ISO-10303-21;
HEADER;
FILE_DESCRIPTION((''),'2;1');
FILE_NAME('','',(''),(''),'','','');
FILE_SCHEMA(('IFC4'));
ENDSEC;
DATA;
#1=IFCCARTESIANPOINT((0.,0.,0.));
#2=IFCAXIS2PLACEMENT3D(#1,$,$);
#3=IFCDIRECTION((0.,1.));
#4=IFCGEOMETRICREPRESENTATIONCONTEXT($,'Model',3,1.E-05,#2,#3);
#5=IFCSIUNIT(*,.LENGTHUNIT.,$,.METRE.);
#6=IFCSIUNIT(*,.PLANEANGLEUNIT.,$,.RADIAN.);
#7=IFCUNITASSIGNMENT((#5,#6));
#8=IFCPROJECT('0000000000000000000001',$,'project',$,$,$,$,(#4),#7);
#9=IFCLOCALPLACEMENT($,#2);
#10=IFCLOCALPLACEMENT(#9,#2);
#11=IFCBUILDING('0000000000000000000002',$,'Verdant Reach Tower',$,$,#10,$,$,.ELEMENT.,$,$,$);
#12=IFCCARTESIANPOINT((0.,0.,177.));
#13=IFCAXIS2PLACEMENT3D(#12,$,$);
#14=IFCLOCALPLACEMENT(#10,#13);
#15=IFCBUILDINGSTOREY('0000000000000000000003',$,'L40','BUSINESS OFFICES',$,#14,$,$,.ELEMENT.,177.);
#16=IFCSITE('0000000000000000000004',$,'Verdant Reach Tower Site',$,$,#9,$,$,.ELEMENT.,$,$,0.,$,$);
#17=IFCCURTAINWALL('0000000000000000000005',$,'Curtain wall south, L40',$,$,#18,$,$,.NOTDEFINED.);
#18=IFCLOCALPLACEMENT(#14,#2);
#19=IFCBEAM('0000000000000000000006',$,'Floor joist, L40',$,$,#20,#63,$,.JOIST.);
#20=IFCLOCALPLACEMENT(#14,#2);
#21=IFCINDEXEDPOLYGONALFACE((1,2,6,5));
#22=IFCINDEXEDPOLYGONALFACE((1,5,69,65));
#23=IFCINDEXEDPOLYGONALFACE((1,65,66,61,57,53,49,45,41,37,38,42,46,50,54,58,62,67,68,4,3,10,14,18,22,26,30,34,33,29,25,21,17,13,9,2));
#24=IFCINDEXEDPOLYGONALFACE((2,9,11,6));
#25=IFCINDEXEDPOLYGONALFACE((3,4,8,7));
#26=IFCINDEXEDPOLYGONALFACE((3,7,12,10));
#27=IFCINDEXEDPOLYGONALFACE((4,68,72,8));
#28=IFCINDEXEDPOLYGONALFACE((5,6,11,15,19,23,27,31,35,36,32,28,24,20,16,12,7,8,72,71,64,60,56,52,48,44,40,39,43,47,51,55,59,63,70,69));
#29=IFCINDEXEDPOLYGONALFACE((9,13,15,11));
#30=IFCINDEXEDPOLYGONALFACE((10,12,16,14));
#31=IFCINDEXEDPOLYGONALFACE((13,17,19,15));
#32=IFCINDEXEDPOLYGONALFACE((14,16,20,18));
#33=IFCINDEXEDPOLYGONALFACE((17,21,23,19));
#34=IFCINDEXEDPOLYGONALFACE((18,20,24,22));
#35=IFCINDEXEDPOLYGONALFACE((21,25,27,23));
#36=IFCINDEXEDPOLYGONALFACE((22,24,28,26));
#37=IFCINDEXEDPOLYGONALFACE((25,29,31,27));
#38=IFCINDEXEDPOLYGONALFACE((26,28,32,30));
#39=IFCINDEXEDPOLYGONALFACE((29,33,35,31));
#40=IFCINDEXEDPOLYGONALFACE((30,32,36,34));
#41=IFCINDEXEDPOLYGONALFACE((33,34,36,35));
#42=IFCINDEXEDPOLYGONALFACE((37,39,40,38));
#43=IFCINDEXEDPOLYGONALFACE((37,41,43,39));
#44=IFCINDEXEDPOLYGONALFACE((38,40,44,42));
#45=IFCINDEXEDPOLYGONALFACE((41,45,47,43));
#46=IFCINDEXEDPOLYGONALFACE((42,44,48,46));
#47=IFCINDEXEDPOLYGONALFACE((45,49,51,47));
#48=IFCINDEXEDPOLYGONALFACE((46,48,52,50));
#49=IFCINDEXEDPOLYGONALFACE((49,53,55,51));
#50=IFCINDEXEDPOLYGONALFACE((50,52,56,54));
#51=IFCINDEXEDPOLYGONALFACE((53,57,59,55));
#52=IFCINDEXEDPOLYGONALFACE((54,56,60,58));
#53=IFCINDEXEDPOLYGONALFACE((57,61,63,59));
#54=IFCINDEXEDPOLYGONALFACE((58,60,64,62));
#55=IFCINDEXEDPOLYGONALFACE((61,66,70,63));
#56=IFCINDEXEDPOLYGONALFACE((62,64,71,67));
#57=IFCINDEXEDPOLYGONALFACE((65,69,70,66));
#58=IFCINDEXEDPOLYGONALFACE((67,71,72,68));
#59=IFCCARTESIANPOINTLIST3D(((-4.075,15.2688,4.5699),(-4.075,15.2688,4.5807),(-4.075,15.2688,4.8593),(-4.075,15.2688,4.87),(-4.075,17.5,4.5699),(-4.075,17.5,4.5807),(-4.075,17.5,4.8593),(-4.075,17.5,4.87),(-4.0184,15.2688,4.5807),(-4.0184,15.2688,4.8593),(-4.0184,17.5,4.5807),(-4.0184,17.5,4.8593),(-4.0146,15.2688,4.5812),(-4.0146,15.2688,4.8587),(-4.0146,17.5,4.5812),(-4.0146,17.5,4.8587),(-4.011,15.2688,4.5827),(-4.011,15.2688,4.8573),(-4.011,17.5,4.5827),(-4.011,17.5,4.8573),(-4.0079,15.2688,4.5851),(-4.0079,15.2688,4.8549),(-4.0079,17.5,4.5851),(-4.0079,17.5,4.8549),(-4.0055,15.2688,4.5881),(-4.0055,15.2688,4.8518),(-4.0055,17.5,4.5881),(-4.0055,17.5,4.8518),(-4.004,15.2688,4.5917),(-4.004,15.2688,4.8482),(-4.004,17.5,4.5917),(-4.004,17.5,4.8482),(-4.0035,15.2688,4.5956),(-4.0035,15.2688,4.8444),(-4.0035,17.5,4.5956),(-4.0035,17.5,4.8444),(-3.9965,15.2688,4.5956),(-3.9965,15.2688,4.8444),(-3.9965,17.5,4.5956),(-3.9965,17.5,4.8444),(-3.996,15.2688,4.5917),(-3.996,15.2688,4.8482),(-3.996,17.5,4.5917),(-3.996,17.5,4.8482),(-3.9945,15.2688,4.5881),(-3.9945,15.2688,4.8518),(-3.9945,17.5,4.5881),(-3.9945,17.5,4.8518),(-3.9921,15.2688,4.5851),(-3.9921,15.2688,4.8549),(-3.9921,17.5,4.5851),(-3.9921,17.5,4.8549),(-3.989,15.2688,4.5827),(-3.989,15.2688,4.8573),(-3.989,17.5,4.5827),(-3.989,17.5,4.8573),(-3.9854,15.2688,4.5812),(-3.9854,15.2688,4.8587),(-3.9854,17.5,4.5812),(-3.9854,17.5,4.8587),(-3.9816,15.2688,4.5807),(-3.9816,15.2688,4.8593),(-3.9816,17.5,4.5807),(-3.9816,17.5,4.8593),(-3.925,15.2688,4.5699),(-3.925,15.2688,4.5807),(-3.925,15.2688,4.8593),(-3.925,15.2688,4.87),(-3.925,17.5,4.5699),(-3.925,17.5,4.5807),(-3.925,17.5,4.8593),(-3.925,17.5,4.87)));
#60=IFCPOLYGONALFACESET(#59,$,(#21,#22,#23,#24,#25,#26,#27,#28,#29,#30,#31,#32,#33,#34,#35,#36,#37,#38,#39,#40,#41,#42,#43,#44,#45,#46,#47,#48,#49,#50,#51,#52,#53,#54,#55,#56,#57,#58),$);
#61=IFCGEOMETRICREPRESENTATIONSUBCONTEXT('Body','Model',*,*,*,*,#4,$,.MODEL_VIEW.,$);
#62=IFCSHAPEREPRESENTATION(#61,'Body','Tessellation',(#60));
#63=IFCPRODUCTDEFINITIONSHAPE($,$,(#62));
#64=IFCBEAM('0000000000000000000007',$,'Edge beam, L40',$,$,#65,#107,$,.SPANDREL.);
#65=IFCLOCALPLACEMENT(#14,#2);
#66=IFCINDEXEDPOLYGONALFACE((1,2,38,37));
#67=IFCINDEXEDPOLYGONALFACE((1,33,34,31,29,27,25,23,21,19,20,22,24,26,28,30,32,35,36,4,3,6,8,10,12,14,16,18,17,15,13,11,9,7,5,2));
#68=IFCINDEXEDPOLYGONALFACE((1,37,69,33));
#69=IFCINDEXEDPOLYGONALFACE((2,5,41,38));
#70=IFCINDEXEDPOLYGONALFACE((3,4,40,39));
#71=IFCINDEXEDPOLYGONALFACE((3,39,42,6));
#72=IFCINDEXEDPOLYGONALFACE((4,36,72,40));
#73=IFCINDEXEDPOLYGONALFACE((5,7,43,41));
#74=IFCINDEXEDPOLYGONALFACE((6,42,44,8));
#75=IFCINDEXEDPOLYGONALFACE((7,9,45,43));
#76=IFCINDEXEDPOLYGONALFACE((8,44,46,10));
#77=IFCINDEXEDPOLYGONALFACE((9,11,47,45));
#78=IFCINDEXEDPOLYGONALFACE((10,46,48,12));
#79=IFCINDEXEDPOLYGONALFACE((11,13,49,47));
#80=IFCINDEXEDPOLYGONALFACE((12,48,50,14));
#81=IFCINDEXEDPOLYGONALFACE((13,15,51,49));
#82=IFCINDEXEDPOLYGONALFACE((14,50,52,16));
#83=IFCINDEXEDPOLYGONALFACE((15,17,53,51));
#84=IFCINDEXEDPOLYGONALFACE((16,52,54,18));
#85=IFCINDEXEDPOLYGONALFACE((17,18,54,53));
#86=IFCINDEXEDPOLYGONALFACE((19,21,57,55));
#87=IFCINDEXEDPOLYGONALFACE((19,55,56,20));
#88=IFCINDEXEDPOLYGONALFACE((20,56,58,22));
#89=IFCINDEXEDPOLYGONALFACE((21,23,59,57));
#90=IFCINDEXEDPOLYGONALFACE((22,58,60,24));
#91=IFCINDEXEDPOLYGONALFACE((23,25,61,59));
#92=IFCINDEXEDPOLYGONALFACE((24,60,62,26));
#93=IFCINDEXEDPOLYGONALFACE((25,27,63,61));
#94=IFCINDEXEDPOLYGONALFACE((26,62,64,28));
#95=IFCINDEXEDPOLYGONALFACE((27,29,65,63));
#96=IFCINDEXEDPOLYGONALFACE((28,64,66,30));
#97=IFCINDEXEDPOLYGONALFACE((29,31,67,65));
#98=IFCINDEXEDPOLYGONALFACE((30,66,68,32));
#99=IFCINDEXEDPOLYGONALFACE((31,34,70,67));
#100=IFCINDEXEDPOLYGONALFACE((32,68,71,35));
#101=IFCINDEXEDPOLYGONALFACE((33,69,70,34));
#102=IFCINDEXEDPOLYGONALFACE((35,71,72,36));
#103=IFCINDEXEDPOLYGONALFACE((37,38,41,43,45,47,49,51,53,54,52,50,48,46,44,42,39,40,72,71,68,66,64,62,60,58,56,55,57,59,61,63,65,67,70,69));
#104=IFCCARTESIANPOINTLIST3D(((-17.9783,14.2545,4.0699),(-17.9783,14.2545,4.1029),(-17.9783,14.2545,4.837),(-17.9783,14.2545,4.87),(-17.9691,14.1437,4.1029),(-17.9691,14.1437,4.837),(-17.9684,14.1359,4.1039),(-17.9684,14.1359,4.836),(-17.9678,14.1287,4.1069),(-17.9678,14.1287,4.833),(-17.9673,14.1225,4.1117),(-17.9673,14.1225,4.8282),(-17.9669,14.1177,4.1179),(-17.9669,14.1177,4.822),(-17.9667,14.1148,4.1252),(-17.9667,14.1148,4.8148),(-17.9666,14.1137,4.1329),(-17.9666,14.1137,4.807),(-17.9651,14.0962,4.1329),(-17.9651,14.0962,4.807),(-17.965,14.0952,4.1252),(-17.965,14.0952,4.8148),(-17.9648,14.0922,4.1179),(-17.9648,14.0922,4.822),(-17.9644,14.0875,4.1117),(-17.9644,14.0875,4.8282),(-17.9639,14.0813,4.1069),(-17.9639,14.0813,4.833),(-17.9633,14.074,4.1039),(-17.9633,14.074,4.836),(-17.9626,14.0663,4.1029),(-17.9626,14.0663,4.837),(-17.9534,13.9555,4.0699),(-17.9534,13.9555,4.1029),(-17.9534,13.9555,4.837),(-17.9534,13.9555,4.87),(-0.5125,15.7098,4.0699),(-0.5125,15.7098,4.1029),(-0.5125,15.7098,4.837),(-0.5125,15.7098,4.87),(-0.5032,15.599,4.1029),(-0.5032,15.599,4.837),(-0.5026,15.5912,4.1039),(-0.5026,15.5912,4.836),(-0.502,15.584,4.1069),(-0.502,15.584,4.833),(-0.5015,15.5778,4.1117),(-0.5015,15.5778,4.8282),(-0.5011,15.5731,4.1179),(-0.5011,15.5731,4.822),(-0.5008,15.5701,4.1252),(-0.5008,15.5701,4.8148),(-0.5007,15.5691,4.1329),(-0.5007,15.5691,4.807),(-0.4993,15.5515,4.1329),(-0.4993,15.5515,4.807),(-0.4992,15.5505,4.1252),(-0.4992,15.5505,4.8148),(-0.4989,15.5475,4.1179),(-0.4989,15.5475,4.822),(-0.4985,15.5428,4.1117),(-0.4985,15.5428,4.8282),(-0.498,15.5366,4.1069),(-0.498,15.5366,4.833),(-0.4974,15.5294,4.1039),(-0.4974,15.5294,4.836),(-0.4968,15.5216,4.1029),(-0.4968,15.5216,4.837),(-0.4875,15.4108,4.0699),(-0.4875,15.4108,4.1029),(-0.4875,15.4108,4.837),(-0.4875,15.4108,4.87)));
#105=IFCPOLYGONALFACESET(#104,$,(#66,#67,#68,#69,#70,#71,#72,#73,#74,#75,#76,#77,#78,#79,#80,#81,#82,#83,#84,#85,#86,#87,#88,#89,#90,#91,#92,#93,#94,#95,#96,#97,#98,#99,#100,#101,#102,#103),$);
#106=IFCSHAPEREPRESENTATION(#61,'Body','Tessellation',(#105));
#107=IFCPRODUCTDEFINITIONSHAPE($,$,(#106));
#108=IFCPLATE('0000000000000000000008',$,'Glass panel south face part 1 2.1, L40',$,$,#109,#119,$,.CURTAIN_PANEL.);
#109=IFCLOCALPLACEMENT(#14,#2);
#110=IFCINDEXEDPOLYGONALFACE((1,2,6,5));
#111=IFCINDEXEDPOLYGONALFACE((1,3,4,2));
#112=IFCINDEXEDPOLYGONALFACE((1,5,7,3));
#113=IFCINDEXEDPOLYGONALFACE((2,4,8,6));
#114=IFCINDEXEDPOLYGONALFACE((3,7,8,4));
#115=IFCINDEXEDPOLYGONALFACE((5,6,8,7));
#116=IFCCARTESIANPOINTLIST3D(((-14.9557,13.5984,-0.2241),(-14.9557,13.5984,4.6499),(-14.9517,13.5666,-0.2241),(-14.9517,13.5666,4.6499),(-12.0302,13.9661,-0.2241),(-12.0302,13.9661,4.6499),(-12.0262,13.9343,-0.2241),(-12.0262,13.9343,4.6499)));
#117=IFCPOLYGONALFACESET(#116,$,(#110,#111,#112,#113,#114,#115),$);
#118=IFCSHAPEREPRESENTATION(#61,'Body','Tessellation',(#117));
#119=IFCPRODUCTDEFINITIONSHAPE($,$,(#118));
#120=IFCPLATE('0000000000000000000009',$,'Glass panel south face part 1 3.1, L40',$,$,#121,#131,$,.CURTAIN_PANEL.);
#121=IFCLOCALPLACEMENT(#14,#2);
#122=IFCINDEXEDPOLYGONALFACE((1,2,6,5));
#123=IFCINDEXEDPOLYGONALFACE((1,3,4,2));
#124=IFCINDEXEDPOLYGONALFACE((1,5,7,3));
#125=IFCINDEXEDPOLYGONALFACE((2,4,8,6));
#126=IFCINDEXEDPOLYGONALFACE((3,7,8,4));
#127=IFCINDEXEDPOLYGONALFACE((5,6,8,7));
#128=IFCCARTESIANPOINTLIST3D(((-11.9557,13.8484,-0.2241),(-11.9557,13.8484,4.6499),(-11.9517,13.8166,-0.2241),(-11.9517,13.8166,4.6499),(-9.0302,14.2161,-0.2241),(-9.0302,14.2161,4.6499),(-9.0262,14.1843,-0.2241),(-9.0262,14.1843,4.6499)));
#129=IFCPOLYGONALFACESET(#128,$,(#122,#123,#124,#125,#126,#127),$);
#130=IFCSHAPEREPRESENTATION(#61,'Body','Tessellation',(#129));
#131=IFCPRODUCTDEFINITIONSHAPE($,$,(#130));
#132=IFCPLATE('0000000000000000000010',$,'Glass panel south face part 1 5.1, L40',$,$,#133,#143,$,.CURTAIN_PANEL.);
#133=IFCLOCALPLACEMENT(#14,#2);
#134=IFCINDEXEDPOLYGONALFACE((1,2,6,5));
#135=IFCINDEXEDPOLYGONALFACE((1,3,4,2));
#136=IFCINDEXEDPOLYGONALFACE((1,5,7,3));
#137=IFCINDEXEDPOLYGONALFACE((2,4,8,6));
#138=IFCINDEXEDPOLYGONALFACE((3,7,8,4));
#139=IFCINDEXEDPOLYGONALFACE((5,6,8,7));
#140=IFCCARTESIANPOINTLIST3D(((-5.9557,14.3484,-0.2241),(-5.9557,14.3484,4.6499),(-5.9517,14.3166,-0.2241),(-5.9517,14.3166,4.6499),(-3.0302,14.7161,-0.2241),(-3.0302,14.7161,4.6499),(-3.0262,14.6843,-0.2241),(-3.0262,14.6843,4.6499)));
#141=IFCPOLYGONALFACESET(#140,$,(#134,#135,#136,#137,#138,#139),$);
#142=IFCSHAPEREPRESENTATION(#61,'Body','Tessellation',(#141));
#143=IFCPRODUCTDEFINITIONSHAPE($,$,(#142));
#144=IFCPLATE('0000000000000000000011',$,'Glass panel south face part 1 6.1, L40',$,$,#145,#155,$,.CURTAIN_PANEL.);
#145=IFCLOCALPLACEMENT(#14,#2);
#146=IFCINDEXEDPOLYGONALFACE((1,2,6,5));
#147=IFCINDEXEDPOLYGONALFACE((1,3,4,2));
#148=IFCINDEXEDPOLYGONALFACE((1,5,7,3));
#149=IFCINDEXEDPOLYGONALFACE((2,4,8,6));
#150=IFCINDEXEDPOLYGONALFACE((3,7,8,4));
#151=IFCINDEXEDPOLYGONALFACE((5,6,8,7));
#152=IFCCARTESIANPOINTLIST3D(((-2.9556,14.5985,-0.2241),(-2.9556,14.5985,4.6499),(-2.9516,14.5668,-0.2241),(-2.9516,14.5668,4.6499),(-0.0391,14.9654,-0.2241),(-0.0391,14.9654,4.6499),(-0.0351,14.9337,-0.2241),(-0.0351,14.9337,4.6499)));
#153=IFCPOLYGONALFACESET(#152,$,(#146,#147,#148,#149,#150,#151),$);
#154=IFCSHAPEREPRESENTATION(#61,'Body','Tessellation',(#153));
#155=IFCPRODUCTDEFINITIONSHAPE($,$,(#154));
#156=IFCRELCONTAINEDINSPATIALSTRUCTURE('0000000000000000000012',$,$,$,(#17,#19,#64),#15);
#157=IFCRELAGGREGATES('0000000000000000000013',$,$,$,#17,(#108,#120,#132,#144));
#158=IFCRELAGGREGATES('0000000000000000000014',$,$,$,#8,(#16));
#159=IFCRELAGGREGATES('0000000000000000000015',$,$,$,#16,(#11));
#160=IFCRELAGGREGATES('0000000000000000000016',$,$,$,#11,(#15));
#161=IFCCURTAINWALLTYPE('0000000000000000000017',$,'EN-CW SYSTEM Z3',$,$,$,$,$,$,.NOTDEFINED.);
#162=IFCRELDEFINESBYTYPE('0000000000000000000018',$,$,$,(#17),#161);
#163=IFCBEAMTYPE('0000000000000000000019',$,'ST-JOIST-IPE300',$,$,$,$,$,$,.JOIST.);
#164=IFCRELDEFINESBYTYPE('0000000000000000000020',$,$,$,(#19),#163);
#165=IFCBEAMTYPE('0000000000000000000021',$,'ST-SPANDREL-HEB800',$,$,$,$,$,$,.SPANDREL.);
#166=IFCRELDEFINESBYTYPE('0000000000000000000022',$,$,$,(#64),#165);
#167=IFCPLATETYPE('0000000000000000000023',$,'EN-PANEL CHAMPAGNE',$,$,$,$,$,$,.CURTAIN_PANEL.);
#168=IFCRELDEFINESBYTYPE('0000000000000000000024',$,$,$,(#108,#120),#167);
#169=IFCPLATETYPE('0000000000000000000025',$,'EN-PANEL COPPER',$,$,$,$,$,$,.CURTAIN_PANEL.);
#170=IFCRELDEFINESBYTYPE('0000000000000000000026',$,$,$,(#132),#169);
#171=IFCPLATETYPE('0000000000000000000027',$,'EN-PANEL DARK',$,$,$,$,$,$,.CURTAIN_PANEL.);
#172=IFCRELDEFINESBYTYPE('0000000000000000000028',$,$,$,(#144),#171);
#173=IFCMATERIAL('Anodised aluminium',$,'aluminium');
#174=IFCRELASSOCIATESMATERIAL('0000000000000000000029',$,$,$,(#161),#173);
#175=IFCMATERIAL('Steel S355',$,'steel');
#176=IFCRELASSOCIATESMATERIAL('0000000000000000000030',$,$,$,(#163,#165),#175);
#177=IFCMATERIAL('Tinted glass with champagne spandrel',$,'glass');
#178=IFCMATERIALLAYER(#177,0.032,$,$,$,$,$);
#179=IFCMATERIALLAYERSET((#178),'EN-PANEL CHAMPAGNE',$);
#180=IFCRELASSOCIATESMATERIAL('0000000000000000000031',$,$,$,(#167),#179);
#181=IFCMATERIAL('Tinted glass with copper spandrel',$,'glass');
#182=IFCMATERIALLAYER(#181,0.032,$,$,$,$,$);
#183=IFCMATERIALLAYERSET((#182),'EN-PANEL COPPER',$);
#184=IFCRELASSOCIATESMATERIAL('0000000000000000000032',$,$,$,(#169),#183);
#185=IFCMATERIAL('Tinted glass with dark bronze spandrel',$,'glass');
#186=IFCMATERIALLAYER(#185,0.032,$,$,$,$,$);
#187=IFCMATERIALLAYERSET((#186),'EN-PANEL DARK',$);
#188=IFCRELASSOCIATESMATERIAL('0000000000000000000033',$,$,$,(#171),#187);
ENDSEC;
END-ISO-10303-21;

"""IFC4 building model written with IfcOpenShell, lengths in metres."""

from ifc_helpers import new_model, si_unit, direction, frame, origin, origin_2d, place, context, subcontext, project, spatial, rectangle, i_section, extrude, material, layer, layer_set, material_profile, profile_set, type_object, element, aggregate, save


model = new_model("IFC4")

# Units and contexts
model_context = context("Model", 3, precision=1e-05, world=origin(), true_north=direction((0.0, 1.0)))
body_context = subcontext(model_context, "Body", "Model", "MODEL_VIEW")
ifc_project = project(units=[si_unit("LENGTHUNIT", "METRE"), si_unit("PLANEANGLEUNIT", "RADIAN")], contexts=[model_context])

# Site, building, storey
site_placement = place(None, origin())
site = spatial("IfcSite", under=ifc_project, at=site_placement, Name="Verdant Reach Tower Site", CompositionType="ELEMENT", RefElevation=0.0)
building_placement = place(site_placement, origin())
building = spatial("IfcBuilding", under=site, at=building_placement, Name="Verdant Reach Tower", CompositionType="ELEMENT")
storey_placement = place(building_placement, frame((0.0, 0.0, 177.0)))
storey = spatial("IfcBuildingStorey", under=building, at=storey_placement, Name="L40", Description="BUSINESS OFFICES", CompositionType="ELEMENT", Elevation=177.0)

# Curtain wall
ifc_material_1 = material(Name="Anodised aluminium", Category="aluminium")
curtain_wall_type = type_object("IfcCurtainWallType", Name="EN-CW SYSTEM Z3", PredefinedType="NOTDEFINED", material=ifc_material_1)
curtain_wall_placement = place(storey_placement, origin())
curtain_wall = element("IfcCurtainWall", 1, at=curtain_wall_placement, inside=storey, type_object=curtain_wall_type, Name="Curtain wall south, L40", PredefinedType="NOTDEFINED")

# Beams
ifc_material_2 = material(Name="Steel S355", Category="steel")
ifc_material_profile_1 = material_profile(ifc_material_2, i_section(OverallWidth=0.1499, OverallDepth=0.3, WebThickness=0.0071, FlangeThickness=0.0107, FilletRadius=0.0149, at=origin_2d()), Name="IPE 300")
ifc_profile_set_1 = profile_set([ifc_material_profile_1], Name="Steel S355")
beam_type_1 = type_object("IfcBeamType", Name="ST-JOIST-IPE300", PredefinedType="JOIST", material=ifc_profile_set_1)
beam_1_placement = place(storey_placement, frame((-4.0, 17.5, 4.72), z_axis=(0.0, -1.0, 0.0), x_axis=(1.0, 0.0, 0.0)))
element("IfcBeam", 2, at=beam_1_placement, inside=storey, type_object=beam_type_1, Name="Floor joist, L40", PredefinedType="JOIST", context=body_context, shape_type="SweptSolid", body=[
    extrude(i_section(OverallWidth=0.1499, OverallDepth=0.3, WebThickness=0.0071, FlangeThickness=0.0107, FilletRadius=0.0149, at=origin_2d()), origin(), (0.0, 0.0, 1.0), 2.2312),
])
ifc_material_profile_2 = material_profile(ifc_material_2, i_section(OverallWidth=0.3, OverallDepth=0.8, WebThickness=0.0176, FlangeThickness=0.033, FilletRadius=0.03, at=origin_2d()), Name="HEB 800")
ifc_profile_set_2 = profile_set([ifc_material_profile_2], Name="Steel S355")
beam_type_2 = type_object("IfcBeamType", Name="ST-SPANDREL-HEB800", PredefinedType="SPANDREL", material=ifc_profile_set_2)
beam_2_placement = place(storey_placement, frame((-0.5, 15.5603, 4.47), z_axis=(-0.996547, -0.083036, 0.0), x_axis=(0.083036, -0.996547, 0.0)))
element("IfcBeam", 3, at=beam_2_placement, inside=storey, type_object=beam_type_2, Name="Edge beam, L40", PredefinedType="SPANDREL", context=body_context, shape_type="SweptSolid", body=[
    extrude(i_section(OverallWidth=0.3, OverallDepth=0.8, WebThickness=0.0176, FlangeThickness=0.033, FilletRadius=0.03, at=origin_2d()), origin(), (0.0, 0.0, 1.0), 17.5264),
])

# Plates
ifc_material_3 = material(Name="Tinted glass with champagne spandrel", Category="glass")
ifc_layer_1 = layer(ifc_material_3, 0.032)
ifc_layer_set_1 = layer_set([ifc_layer_1], Name="EN-PANEL CHAMPAGNE")
plate_type_1 = type_object("IfcPlateType", Name="EN-PANEL CHAMPAGNE", PredefinedType="CURTAIN_PANEL", material=ifc_layer_set_1)
plate_1_placement = place(storey_placement, frame((-13.491, 13.7664, -0.2241), z_axis=(0.0, 0.0, 1.0), x_axis=(0.992194, 0.124704, 0.0)))
plate_1 = element("IfcPlate", 4, at=plate_1_placement, type_object=plate_type_1, Name="Glass panel south face part 1 2.1, L40", PredefinedType="CURTAIN_PANEL", context=body_context, shape_type="SweptSolid", body=[
    extrude(rectangle(XDim=2.9485, YDim=0.032, at=origin_2d()), origin(), (0.0, 0.0, 1.0), 4.874),
])
plate_2_placement = place(storey_placement, frame((-10.491, 14.0164, -0.2241), z_axis=(0.0, 0.0, 1.0), x_axis=(0.992194, 0.124704, 0.0)))
plate_2 = element("IfcPlate", 5, at=plate_2_placement, type_object=plate_type_1, Name="Glass panel south face part 1 3.1, L40", PredefinedType="CURTAIN_PANEL", context=body_context, shape_type="SweptSolid", body=[
    extrude(rectangle(XDim=2.9485, YDim=0.032, at=origin_2d()), origin(), (0.0, 0.0, 1.0), 4.874),
])
ifc_material_4 = material(Name="Tinted glass with copper spandrel", Category="glass")
ifc_layer_2 = layer(ifc_material_4, 0.032)
ifc_layer_set_2 = layer_set([ifc_layer_2], Name="EN-PANEL COPPER")
plate_type_2 = type_object("IfcPlateType", Name="EN-PANEL COPPER", PredefinedType="CURTAIN_PANEL", material=ifc_layer_set_2)
plate_3_placement = place(storey_placement, frame((-4.491, 14.5164, -0.2241), z_axis=(0.0, 0.0, 1.0), x_axis=(0.992194, 0.124704, 0.0)))
plate_3 = element("IfcPlate", 6, at=plate_3_placement, type_object=plate_type_2, Name="Glass panel south face part 1 5.1, L40", PredefinedType="CURTAIN_PANEL", context=body_context, shape_type="SweptSolid", body=[
    extrude(rectangle(XDim=2.9485, YDim=0.032, at=origin_2d()), origin(), (0.0, 0.0, 1.0), 4.874),
])
ifc_material_5 = material(Name="Tinted glass with dark bronze spandrel", Category="glass")
ifc_layer_3 = layer(ifc_material_5, 0.032)
ifc_layer_set_3 = layer_set([ifc_layer_3], Name="EN-PANEL DARK")
plate_type_3 = type_object("IfcPlateType", Name="EN-PANEL DARK", PredefinedType="CURTAIN_PANEL", material=ifc_layer_set_3)
plate_4_placement = place(storey_placement, frame((-1.4954, 14.7661, -0.2241), z_axis=(0.0, 0.0, 1.0), x_axis=(0.992178, 0.124828, 0.0)))
plate_4 = element("IfcPlate", 7, at=plate_4_placement, type_object=plate_type_3, Name="Glass panel south face part 1 6.1, L40", PredefinedType="CURTAIN_PANEL", context=body_context, shape_type="SweptSolid", body=[
    extrude(rectangle(XDim=2.9395, YDim=0.032, at=origin_2d()), origin(), (0.0, 0.0, 1.0), 4.874),
])
aggregate(curtain_wall, [plate_1, plate_2, plate_3, plate_4])

save(model, "model.ifc")
